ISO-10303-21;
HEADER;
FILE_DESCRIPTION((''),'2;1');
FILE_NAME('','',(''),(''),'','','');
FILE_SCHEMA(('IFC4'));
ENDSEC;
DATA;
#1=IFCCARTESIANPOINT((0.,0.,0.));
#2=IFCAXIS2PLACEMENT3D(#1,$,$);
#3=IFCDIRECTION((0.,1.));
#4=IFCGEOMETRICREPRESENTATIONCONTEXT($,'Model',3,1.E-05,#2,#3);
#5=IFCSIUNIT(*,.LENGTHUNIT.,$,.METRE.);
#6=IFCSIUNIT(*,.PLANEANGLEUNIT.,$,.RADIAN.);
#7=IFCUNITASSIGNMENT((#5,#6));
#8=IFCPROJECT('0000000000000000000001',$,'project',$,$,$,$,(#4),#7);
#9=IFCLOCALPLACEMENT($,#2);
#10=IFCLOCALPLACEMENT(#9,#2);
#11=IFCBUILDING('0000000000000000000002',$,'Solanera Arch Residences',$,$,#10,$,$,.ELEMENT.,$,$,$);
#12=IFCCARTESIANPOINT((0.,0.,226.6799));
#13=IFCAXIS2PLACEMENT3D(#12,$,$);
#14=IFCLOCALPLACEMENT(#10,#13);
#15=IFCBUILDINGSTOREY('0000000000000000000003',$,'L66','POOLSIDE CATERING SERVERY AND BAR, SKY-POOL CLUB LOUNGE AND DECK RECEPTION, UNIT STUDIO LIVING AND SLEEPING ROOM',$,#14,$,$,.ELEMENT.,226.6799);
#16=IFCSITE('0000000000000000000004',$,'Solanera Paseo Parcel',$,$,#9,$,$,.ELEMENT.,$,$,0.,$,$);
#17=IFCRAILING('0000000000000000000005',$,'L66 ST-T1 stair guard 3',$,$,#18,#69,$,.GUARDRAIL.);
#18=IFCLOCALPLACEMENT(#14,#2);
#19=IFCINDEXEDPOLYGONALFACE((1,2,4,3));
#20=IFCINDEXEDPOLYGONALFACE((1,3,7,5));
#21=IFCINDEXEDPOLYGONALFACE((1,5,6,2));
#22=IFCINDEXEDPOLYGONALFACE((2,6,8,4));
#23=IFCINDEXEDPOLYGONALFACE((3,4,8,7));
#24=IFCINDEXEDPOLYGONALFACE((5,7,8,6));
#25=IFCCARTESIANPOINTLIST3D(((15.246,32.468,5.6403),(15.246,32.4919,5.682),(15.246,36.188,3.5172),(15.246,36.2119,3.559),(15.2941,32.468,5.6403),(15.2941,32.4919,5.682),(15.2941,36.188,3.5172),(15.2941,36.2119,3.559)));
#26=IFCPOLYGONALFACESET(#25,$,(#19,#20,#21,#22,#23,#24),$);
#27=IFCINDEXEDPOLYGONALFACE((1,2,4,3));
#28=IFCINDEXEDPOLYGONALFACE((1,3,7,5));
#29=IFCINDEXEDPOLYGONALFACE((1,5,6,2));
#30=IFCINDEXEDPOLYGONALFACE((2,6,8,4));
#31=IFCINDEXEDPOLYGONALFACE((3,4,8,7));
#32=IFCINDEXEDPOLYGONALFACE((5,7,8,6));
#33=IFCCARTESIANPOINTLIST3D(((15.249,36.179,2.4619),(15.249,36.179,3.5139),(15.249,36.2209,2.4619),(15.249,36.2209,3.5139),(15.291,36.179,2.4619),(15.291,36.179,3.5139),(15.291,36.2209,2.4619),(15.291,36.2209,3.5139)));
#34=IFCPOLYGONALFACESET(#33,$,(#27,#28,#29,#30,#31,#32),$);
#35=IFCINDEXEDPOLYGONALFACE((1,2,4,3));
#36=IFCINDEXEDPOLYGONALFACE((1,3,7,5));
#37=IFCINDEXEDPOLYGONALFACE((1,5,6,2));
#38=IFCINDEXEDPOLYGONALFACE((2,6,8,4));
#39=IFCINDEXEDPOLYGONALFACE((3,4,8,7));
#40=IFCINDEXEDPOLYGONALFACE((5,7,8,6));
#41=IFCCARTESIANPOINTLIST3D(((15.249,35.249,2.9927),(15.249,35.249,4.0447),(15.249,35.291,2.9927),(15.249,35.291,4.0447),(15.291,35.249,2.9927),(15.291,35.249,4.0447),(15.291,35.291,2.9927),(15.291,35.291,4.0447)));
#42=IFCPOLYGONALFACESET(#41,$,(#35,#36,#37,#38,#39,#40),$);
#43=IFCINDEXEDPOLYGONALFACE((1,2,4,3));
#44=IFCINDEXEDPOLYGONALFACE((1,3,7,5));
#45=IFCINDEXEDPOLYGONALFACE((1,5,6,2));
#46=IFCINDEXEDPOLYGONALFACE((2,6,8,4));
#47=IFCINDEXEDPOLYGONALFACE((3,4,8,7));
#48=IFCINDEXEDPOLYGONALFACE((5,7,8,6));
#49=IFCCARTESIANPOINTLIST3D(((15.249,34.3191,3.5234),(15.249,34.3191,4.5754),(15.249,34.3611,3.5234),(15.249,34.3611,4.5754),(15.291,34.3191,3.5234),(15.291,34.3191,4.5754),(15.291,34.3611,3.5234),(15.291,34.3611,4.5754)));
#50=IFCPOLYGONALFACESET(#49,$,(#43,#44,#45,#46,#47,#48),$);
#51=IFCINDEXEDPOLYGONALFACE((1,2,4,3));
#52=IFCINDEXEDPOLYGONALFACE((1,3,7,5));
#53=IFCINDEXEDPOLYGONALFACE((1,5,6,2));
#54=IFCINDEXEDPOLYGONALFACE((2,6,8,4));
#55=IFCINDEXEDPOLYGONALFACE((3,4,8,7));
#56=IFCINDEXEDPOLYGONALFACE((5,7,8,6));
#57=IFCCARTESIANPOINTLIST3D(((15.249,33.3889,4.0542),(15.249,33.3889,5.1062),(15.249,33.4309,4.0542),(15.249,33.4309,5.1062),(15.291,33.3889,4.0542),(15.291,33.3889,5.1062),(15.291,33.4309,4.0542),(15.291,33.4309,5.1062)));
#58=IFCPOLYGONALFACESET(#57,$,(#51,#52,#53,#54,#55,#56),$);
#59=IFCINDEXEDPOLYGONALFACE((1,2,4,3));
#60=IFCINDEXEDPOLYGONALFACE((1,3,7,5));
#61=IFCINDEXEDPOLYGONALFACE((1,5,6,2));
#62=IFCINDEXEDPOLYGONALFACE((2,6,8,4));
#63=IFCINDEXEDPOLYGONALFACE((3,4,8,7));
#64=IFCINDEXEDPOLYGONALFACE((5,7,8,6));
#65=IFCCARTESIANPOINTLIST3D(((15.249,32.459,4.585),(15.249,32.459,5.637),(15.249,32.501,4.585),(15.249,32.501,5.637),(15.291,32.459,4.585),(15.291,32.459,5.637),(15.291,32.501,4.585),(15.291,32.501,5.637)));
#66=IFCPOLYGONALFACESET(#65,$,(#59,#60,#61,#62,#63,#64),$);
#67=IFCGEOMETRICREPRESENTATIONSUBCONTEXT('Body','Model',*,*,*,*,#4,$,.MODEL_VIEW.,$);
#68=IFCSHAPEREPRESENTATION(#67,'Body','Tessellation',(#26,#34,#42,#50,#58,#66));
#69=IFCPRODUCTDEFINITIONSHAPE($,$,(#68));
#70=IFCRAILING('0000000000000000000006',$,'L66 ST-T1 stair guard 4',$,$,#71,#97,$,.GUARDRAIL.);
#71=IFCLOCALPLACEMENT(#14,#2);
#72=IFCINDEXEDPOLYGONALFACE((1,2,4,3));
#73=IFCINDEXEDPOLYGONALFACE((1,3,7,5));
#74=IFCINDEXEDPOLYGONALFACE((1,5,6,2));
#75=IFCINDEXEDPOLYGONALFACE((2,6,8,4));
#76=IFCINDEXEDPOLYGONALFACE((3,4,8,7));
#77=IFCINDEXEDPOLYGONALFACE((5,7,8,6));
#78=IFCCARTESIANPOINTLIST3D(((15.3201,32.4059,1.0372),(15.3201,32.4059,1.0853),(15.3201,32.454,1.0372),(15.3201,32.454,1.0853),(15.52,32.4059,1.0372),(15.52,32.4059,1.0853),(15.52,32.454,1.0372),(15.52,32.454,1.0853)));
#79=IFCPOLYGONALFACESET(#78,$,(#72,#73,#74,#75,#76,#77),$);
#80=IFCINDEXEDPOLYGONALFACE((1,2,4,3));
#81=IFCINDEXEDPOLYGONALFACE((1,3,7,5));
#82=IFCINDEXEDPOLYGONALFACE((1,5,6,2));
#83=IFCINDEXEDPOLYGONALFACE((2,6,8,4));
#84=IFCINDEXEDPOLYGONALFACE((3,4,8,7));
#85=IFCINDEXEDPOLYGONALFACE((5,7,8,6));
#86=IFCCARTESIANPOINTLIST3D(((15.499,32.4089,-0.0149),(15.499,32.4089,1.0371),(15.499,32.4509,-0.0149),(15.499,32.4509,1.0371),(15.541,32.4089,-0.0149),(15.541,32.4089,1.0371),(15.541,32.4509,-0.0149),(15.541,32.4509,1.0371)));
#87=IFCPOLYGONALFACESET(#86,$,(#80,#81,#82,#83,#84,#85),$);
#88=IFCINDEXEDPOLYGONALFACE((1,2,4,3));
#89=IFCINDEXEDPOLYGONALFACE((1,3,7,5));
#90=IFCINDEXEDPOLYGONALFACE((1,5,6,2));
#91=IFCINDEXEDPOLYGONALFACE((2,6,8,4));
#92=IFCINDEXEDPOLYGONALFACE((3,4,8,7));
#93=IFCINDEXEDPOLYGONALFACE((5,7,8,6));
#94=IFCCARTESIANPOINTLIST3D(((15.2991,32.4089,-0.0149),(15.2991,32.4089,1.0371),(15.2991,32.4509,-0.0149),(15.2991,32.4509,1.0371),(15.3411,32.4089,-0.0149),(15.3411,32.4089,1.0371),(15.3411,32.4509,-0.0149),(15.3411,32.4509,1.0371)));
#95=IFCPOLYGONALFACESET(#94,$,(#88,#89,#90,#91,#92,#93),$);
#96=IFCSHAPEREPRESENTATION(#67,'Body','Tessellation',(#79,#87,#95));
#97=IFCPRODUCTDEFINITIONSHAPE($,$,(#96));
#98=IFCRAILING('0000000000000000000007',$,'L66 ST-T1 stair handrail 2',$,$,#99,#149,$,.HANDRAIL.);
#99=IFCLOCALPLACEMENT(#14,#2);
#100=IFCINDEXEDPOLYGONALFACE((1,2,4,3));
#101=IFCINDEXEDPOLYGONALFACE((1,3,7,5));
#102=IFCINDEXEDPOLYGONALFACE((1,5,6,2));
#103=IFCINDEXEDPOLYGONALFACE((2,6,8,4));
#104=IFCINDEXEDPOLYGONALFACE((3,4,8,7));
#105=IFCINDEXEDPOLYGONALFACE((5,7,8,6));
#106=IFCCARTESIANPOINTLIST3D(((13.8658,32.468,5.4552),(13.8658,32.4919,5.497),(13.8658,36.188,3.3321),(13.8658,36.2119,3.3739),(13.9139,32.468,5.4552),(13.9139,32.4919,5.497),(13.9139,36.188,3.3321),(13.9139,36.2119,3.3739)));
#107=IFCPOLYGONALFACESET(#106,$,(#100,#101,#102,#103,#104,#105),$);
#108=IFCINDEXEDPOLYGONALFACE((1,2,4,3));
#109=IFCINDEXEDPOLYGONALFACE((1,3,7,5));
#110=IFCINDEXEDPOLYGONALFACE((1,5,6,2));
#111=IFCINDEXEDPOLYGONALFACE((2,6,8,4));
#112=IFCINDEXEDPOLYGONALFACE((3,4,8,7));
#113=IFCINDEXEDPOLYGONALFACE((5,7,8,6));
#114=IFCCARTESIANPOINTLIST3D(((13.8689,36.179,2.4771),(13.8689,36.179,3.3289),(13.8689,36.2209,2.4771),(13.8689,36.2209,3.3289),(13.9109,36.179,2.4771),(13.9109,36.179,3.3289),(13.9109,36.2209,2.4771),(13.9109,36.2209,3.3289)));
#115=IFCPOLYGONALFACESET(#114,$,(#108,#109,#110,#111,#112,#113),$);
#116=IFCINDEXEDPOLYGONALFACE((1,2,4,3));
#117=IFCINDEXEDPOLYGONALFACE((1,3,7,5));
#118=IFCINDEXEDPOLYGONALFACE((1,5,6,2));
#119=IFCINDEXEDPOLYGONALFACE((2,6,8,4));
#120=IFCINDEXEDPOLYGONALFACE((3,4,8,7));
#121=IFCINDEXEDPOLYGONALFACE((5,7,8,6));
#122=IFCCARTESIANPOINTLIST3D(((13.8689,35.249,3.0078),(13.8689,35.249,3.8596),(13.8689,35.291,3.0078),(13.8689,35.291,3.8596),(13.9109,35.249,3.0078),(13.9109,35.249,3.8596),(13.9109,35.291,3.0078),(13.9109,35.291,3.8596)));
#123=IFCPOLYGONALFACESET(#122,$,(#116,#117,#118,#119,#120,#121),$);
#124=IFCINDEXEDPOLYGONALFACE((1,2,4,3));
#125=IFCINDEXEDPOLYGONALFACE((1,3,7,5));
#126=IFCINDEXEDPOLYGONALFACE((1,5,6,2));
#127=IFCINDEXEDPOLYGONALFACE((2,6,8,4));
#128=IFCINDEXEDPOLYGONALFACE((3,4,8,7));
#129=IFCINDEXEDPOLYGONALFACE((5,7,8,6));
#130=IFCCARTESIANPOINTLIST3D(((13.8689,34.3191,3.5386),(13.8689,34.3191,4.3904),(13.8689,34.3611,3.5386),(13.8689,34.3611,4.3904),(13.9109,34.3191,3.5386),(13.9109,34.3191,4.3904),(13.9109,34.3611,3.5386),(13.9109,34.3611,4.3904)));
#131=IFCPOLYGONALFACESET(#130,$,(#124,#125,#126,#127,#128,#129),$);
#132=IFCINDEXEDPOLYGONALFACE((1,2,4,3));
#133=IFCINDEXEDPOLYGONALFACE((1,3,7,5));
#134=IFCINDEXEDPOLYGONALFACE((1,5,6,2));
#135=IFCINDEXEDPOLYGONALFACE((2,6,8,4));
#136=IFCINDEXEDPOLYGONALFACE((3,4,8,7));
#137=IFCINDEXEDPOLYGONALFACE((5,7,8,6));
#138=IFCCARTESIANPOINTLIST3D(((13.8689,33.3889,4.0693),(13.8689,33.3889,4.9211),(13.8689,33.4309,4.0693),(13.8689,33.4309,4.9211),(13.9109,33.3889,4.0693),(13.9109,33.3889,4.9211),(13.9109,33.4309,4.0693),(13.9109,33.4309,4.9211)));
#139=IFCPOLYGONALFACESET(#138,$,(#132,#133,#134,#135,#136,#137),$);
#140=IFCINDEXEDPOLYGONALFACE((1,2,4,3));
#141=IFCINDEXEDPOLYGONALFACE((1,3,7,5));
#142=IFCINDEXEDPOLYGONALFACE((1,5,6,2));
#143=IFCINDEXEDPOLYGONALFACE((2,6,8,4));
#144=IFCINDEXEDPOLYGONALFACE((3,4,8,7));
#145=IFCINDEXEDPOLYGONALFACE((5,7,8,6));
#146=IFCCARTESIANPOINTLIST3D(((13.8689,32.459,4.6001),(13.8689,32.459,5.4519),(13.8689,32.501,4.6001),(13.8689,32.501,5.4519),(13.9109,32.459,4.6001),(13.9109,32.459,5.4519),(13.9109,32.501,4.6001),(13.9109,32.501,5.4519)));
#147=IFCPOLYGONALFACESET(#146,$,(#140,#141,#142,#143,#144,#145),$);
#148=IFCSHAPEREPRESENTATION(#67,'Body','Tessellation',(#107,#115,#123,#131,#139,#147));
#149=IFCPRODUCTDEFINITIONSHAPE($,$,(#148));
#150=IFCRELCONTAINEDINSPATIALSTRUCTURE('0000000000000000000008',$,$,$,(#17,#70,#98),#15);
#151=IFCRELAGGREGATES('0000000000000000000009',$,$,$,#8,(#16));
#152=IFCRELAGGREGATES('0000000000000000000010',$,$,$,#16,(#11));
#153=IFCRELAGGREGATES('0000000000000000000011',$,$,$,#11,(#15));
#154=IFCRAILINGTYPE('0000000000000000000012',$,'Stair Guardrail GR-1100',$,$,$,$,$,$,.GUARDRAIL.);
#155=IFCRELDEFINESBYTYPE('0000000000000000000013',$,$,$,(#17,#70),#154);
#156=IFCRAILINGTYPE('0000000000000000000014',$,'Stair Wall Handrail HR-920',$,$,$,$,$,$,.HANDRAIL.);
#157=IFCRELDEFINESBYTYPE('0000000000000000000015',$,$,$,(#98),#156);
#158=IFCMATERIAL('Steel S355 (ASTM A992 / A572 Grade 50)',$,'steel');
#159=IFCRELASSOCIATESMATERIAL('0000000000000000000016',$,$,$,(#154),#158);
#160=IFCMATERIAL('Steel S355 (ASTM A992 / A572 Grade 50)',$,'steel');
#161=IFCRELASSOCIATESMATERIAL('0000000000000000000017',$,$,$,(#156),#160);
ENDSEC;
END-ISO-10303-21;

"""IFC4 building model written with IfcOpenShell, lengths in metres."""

from ifc_helpers import new_model, si_unit, direction, frame, origin, origin_2d, place, context, subcontext, project, spatial, rectangle, extrude, material, type_object, element, save


model = new_model("IFC4")

# Units and contexts
model_context = context("Model", 3, precision=1e-05, world=origin(), true_north=direction((0.0, 1.0)))
body_context = subcontext(model_context, "Body", "Model", "MODEL_VIEW")
ifc_project = project(units=[si_unit("LENGTHUNIT", "METRE"), si_unit("PLANEANGLEUNIT", "RADIAN")], contexts=[model_context])

# Site, building, storey
site_placement = place(None, origin())
site = spatial("IfcSite", under=ifc_project, at=site_placement, Name="Solanera Paseo Parcel", CompositionType="ELEMENT", RefElevation=0.0)
building_placement = place(site_placement, origin())
building = spatial("IfcBuilding", under=site, at=building_placement, Name="Solanera Arch Residences", CompositionType="ELEMENT")
storey_placement = place(building_placement, frame((0.0, 0.0, 226.6799)))
storey = spatial("IfcBuildingStorey", under=building, at=storey_placement, Name="L66", Description="POOLSIDE CATERING SERVERY AND BAR, SKY-POOL CLUB LOUNGE AND DECK RECEPTION, UNIT STUDIO LIVING AND SLEEPING ROOM", CompositionType="ELEMENT", Elevation=226.6799)

# Railings
ifc_material_1 = material(Name="Steel S355 (ASTM A992 / A572 Grade 50)", Category="steel")
railing_type_1 = type_object("IfcRailingType", Name="Stair Guardrail GR-1100", PredefinedType="GUARDRAIL", material=ifc_material_1)
railing_1_placement = place(storey_placement, frame((15.27, 36.2, 2.4619)))
element("IfcRailing", 1, at=railing_1_placement, inside=storey, type_object=railing_type_1, Name="L66 ST-T1 stair guard 3", PredefinedType="GUARDRAIL", context=body_context, shape_type="SweptSolid", body=[
    extrude(rectangle(XDim=0.0481, YDim=0.0481, at=origin_2d()), frame((0.0, 0.0, 1.0762), z_axis=(0.0, -0.86851, 0.495672), x_axis=(1.0, 0.0, 0.0)), (0.0, 0.0, 1.0), 4.2832),
    extrude(rectangle(XDim=0.042, YDim=0.042, at=origin_2d()), origin(), (0.0, 0.0, 1.0), 1.052),
    extrude(rectangle(XDim=0.042, YDim=0.042, at=origin_2d()), frame((0.0, -0.9299, 0.5308)), (0.0, 0.0, 1.0), 1.052),
    extrude(rectangle(XDim=0.042, YDim=0.042, at=origin_2d()), frame((0.0, -1.8599, 1.0615)), (0.0, 0.0, 1.0), 1.052),
    extrude(rectangle(XDim=0.042, YDim=0.042, at=origin_2d()), frame((0.0, -2.79, 1.5923)), (0.0, 0.0, 1.0), 1.052),
    extrude(rectangle(XDim=0.042, YDim=0.042, at=origin_2d()), frame((0.0, -3.72, 2.123)), (0.0, 0.0, 1.0), 1.052),
])
railing_2_placement = place(storey_placement, frame((15.52, 32.4299, -0.0149)))
element("IfcRailing", 2, at=railing_2_placement, inside=storey, type_object=railing_type_1, Name="L66 ST-T1 stair guard 4", PredefinedType="GUARDRAIL", context=body_context, shape_type="SweptSolid", body=[
    extrude(rectangle(XDim=0.0481, YDim=0.0481, at=origin_2d()), frame((0.0, 0.0, 1.0762), z_axis=(-1.0, 0.0, 0.0), x_axis=(0.0, -1.0, 0.0)), (0.0, 0.0, 1.0), 0.2),
    extrude(rectangle(XDim=0.042, YDim=0.042, at=origin_2d()), origin(), (0.0, 0.0, 1.0), 1.052),
    extrude(rectangle(XDim=0.042, YDim=0.042, at=origin_2d()), frame((-0.2, 0.0, 0.0)), (0.0, 0.0, 1.0), 1.052),
])
ifc_material_2 = material(Name="Steel S355 (ASTM A992 / A572 Grade 50)", Category="steel")
railing_type_2 = type_object("IfcRailingType", Name="Stair Wall Handrail HR-920", PredefinedType="HANDRAIL", material=ifc_material_2)
railing_3_placement = place(storey_placement, frame((13.8899, 36.2, 2.4771)))
element("IfcRailing", 3, at=railing_3_placement, inside=storey, type_object=railing_type_2, Name="L66 ST-T1 stair handrail 2", PredefinedType="HANDRAIL", context=body_context, shape_type="SweptSolid", body=[
    extrude(rectangle(XDim=0.0481, YDim=0.0481, at=origin_2d()), frame((0.0, 0.0, 0.876), z_axis=(0.0, -0.86851, 0.495672), x_axis=(1.0, 0.0, 0.0)), (0.0, 0.0, 1.0), 4.2832),
    extrude(rectangle(XDim=0.042, YDim=0.042, at=origin_2d()), origin(), (0.0, 0.0, 1.0), 0.8518),
    extrude(rectangle(XDim=0.042, YDim=0.042, at=origin_2d()), frame((0.0, -0.9299, 0.5308)), (0.0, 0.0, 1.0), 0.8518),
    extrude(rectangle(XDim=0.042, YDim=0.042, at=origin_2d()), frame((0.0, -1.8599, 1.0615)), (0.0, 0.0, 1.0), 0.8518),
    extrude(rectangle(XDim=0.042, YDim=0.042, at=origin_2d()), frame((0.0, -2.79, 1.5923)), (0.0, 0.0, 1.0), 0.8518),
    extrude(rectangle(XDim=0.042, YDim=0.042, at=origin_2d()), frame((0.0, -3.72, 2.123)), (0.0, 0.0, 1.0), 0.8518),
])

save(model, "model.ifc")
